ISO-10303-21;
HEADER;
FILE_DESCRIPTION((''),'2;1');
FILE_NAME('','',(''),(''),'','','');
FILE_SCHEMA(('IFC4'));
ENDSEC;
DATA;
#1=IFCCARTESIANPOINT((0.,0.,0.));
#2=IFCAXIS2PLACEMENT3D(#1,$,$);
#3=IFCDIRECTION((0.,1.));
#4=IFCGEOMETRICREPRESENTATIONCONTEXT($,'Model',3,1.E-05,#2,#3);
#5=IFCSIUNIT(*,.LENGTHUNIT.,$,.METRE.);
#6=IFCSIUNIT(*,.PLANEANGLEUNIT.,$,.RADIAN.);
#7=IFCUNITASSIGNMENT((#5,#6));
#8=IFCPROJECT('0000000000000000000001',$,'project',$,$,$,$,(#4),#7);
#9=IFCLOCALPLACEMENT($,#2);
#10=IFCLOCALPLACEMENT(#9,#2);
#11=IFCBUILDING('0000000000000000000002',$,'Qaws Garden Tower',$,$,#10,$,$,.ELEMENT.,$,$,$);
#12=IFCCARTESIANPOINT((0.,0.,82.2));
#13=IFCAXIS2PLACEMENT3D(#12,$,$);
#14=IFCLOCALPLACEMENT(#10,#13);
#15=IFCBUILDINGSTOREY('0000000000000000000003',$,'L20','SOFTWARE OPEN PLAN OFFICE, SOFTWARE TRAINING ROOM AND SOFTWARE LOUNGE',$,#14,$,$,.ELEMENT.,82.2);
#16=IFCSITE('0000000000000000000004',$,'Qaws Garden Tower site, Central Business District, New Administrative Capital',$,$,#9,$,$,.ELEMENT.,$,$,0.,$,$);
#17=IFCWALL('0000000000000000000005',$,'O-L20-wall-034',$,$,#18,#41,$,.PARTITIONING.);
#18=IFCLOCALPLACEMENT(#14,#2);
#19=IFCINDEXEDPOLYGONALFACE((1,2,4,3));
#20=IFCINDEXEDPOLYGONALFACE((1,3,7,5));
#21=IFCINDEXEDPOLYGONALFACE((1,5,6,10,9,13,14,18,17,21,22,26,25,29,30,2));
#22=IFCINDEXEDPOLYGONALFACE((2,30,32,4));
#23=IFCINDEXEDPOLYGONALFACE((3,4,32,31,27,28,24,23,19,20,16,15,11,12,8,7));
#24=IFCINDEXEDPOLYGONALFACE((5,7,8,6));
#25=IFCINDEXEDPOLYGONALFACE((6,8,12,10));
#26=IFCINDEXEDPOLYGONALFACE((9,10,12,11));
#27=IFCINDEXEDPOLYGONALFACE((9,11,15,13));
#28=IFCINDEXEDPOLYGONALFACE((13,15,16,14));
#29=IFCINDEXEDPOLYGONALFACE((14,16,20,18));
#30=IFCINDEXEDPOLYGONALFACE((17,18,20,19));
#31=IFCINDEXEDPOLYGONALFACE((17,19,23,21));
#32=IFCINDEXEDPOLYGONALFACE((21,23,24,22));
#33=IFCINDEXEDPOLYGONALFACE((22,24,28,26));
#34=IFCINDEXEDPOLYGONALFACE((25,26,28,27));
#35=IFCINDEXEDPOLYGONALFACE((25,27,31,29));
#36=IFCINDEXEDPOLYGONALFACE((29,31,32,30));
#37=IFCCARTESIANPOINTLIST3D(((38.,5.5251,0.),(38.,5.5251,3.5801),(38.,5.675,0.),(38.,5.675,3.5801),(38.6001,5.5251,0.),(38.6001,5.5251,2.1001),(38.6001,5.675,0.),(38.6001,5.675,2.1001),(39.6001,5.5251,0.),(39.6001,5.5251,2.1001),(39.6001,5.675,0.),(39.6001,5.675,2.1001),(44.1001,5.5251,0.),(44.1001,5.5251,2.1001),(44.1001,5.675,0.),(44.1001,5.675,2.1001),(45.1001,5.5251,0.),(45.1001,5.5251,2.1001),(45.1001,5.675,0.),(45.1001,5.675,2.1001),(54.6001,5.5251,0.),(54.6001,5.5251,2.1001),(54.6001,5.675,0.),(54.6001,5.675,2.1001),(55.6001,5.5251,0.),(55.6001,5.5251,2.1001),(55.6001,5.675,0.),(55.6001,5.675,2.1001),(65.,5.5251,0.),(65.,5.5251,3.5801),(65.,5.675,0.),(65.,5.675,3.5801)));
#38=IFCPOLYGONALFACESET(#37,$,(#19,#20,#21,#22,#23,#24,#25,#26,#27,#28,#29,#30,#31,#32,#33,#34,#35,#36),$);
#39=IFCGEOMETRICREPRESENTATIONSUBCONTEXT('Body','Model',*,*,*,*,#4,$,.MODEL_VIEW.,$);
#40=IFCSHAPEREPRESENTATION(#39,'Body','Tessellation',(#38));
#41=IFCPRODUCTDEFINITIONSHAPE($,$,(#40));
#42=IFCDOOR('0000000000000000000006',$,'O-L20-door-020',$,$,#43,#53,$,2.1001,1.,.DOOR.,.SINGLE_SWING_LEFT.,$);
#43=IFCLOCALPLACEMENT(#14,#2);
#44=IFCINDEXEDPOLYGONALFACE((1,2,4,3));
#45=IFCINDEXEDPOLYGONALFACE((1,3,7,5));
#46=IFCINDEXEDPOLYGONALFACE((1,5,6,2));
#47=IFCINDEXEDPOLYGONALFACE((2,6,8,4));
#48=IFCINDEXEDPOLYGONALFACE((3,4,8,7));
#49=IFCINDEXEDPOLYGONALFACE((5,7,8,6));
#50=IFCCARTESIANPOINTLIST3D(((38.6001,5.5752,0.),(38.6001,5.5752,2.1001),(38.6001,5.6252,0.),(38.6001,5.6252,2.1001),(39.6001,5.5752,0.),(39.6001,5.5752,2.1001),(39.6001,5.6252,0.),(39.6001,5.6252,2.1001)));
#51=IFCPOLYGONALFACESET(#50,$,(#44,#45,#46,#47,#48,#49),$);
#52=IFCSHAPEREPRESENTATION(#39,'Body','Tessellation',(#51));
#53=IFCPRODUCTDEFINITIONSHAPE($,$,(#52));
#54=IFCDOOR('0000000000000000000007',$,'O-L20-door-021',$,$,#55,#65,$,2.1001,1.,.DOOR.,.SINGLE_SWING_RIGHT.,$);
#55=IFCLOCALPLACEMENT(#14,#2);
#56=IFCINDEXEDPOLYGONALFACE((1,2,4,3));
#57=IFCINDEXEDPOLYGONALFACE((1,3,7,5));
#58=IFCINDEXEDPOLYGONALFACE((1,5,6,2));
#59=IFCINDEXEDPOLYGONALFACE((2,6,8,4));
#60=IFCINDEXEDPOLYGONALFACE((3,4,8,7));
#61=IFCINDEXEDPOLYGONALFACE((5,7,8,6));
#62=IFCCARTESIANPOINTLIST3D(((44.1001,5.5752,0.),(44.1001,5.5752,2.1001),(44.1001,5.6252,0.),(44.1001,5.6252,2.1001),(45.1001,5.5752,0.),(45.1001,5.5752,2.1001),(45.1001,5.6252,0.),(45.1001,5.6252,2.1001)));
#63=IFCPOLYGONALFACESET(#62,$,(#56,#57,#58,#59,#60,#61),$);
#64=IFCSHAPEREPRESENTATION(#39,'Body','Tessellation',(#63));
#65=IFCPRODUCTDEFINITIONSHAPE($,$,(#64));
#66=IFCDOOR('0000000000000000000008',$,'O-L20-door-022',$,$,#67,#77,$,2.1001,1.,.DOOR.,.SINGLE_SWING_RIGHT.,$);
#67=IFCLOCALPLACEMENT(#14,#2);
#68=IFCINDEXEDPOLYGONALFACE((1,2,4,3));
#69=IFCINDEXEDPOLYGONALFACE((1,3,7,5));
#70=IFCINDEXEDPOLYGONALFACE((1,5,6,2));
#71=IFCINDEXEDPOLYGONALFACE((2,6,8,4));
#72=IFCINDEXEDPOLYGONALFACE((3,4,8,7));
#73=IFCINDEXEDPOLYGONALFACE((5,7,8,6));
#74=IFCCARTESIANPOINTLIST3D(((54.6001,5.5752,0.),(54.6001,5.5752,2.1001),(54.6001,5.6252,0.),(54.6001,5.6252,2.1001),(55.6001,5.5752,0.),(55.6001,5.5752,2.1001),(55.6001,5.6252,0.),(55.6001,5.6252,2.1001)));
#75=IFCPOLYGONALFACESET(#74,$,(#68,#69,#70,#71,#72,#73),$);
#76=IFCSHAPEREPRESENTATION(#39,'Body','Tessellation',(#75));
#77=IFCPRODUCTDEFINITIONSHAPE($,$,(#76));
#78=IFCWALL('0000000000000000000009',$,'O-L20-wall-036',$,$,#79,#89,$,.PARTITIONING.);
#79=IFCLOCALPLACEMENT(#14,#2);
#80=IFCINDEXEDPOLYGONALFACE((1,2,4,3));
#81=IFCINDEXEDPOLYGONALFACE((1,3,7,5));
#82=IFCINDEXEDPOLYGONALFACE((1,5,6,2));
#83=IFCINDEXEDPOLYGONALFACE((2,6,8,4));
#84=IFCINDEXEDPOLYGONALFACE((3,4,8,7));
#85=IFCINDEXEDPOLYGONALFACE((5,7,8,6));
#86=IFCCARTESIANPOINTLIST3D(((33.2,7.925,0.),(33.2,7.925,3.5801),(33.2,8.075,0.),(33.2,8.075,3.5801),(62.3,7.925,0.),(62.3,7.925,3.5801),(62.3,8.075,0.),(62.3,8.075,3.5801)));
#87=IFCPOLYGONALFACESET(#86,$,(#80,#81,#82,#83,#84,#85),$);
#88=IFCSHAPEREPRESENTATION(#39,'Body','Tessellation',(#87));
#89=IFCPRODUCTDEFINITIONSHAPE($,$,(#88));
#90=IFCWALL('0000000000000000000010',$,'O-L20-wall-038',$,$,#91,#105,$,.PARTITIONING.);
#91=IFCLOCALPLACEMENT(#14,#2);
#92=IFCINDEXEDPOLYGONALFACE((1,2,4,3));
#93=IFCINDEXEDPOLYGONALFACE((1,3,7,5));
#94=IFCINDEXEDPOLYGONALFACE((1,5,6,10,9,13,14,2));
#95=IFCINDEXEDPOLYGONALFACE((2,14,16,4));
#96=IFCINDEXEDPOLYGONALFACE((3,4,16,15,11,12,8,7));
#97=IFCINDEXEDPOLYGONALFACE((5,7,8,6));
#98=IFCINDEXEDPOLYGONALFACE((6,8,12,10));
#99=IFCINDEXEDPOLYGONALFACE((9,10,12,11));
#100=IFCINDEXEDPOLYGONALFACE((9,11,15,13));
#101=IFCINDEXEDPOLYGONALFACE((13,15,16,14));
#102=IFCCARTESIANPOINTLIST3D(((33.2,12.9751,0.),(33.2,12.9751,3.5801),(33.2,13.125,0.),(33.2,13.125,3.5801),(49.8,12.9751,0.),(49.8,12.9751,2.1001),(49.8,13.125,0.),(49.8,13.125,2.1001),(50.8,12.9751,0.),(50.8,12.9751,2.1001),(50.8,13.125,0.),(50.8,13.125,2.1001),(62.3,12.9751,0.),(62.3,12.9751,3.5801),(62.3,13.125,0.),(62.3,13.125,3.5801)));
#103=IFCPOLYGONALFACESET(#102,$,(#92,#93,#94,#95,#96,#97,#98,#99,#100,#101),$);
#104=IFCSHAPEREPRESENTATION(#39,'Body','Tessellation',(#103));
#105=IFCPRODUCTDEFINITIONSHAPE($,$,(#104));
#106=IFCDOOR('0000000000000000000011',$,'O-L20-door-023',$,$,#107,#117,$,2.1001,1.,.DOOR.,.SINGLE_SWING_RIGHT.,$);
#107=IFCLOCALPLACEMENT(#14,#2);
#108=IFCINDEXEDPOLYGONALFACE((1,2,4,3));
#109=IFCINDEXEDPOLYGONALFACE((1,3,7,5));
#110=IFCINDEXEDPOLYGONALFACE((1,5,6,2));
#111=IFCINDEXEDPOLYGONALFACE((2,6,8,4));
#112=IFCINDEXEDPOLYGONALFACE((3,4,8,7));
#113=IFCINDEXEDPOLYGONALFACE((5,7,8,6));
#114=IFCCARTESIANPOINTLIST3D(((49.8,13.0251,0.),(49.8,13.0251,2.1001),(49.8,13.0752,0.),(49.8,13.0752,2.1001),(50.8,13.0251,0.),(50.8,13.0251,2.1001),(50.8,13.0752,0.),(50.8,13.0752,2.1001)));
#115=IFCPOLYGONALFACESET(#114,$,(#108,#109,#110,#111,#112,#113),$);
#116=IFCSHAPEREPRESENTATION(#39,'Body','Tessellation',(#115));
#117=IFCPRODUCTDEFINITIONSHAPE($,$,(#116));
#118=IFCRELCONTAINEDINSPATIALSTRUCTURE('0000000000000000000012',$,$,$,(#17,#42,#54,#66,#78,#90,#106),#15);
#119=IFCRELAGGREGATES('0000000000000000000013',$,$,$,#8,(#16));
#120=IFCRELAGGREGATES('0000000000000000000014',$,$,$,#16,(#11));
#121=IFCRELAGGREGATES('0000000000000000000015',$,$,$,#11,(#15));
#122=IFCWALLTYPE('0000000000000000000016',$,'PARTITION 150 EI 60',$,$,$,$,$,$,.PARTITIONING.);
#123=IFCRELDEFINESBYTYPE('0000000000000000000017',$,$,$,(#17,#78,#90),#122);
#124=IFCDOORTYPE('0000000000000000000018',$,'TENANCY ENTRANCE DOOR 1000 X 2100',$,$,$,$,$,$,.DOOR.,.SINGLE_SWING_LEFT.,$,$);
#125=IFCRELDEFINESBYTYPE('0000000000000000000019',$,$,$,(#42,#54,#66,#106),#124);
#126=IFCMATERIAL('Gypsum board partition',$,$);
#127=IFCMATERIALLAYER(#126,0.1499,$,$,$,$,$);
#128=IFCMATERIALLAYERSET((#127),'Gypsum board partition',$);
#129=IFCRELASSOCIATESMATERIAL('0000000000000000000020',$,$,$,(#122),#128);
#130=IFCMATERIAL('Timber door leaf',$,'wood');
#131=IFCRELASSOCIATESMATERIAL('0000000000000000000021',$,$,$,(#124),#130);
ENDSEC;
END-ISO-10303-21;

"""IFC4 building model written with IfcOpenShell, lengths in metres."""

from ifc_helpers import new_model, si_unit, direction, frame, frame_2d, origin, place, context, subcontext, project, spatial, rectangle, extrude, material, layer, layer_set, type_object, element, fill, save


model = new_model("IFC4")

# Units and contexts
model_context = context("Model", 3, precision=1e-05, world=origin(), true_north=direction((0.0, 1.0)))
body_context = subcontext(model_context, "Body", "Model", "MODEL_VIEW")
ifc_project = project(units=[si_unit("LENGTHUNIT", "METRE"), si_unit("PLANEANGLEUNIT", "RADIAN")], contexts=[model_context])

# Site, building, storey
site_placement = place(None, origin())
site = spatial("IfcSite", under=ifc_project, at=site_placement, Name="Qaws Garden Tower site, Central Business District, New Administrative Capital", CompositionType="ELEMENT", RefElevation=0.0)
building_placement = place(site_placement, origin())
building = spatial("IfcBuilding", under=site, at=building_placement, Name="Qaws Garden Tower", CompositionType="ELEMENT")
storey_placement = place(building_placement, frame((0.0, 0.0, 82.2)))
storey = spatial("IfcBuildingStorey", under=building, at=storey_placement, Name="L20", Description="SOFTWARE OPEN PLAN OFFICE, SOFTWARE TRAINING ROOM AND SOFTWARE LOUNGE", CompositionType="ELEMENT", Elevation=82.2)

# Shared definitions
ifc_material_1 = material(Name="Gypsum board partition")
ifc_layer_1 = layer(ifc_material_1, 0.1499)
ifc_layer_set_1 = layer_set([ifc_layer_1], Name="Gypsum board partition")
wall_type_1 = type_object("IfcWallType", Name="PARTITION 150 EI 60", PredefinedType="PARTITIONING", material=ifc_layer_set_1)

# Shared definitions
ifc_material_2 = material(Name="Timber door leaf", Category="wood")
door_type_1 = type_object("IfcDoorType", Name="TENANCY ENTRANCE DOOR 1000 X 2100", OperationType="SINGLE_SWING_LEFT", PredefinedType="DOOR", material=ifc_material_2)

# Wall, openings, doors
wall_1_placement = place(storey_placement, frame((38.0, 5.6001, 0.0), z_axis=(0.0, 0.0, 1.0), x_axis=(1.0, 0.0, 0.0)))
wall_1 = element("IfcWall", 1, at=wall_1_placement, inside=storey, type_object=wall_type_1, Name="O-L20-wall-034", PredefinedType="PARTITIONING", context=body_context, shape_type="SweptSolid", body=[
    extrude(rectangle(XDim=27.0, YDim=0.1499, at=frame_2d((13.5, 0.0))), origin(), (0.0, 0.0, 1.0), 3.5801),
])
opening_1_placement = place(wall_1_placement, frame((0.6001, 0.0, 0.0)))
opening_1 = element("IfcOpeningElement", 2, at=opening_1_placement, cuts=wall_1, PredefinedType="OPENING", context=body_context, shape_type="SweptSolid", body=[
    extrude(rectangle(XDim=1.0, YDim=2.1001, at=frame_2d((0.5, 1.05))), frame((0.0, 0.085, 0.0), z_axis=(0.0, -1.0, 0.0), x_axis=(1.0, 0.0, 0.0)), (0.0, 0.0, 1.0), 0.1699),
])
opening_2_placement = place(wall_1_placement, frame((6.1001, 0.0, 0.0)))
opening_2 = element("IfcOpeningElement", 3, at=opening_2_placement, cuts=wall_1, PredefinedType="OPENING", context=body_context, shape_type="SweptSolid", body=[
    extrude(rectangle(XDim=1.0, YDim=2.1001, at=frame_2d((0.5, 1.05))), frame((0.0, 0.085, 0.0), z_axis=(0.0, -1.0, 0.0), x_axis=(1.0, 0.0, 0.0)), (0.0, 0.0, 1.0), 0.1699),
])
opening_3_placement = place(wall_1_placement, frame((16.6001, 0.0, 0.0)))
opening_3 = element("IfcOpeningElement", 4, at=opening_3_placement, cuts=wall_1, PredefinedType="OPENING", context=body_context, shape_type="SweptSolid", body=[
    extrude(rectangle(XDim=1.0, YDim=2.1001, at=frame_2d((0.5, 1.05))), frame((0.0, 0.085, 0.0), z_axis=(0.0, -1.0, 0.0), x_axis=(1.0, 0.0, 0.0)), (0.0, 0.0, 1.0), 0.1699),
])
door_1_placement = place(opening_1_placement, frame((1.0, 0.0, 0.0), z_axis=(0.0, 0.0, 1.0), x_axis=(-1.0, 0.0, 0.0)))
door_1 = element("IfcDoor", 5, at=door_1_placement, inside=storey, type_object=door_type_1, Name="O-L20-door-020", OperationType="SINGLE_SWING_LEFT", OverallHeight=2.1001, OverallWidth=1.0, PredefinedType="DOOR", context=body_context, shape_type="SweptSolid", body=[
    extrude(rectangle(XDim=1.0, YDim=2.1001, at=frame_2d((0.5, 1.05))), frame((0.0, 0.0249, 0.0), z_axis=(0.0, -1.0, 0.0), x_axis=(1.0, 0.0, 0.0)), (0.0, 0.0, 1.0), 0.05),
])
fill(opening_1, door_1)
door_2_placement = place(opening_2_placement, frame((1.0, 0.0, 0.0), z_axis=(0.0, 0.0, 1.0), x_axis=(-1.0, 0.0, 0.0)))
door_2 = element("IfcDoor", 6, at=door_2_placement, inside=storey, type_object=door_type_1, Name="O-L20-door-021", OperationType="SINGLE_SWING_RIGHT", OverallHeight=2.1001, OverallWidth=1.0, PredefinedType="DOOR", context=body_context, shape_type="SweptSolid", body=[
    extrude(rectangle(XDim=1.0, YDim=2.1001, at=frame_2d((0.5, 1.05))), frame((0.0, 0.0249, 0.0), z_axis=(0.0, -1.0, 0.0), x_axis=(1.0, 0.0, 0.0)), (0.0, 0.0, 1.0), 0.05),
])
fill(opening_2, door_2)
door_3_placement = place(opening_3_placement, frame((1.0, 0.0, 0.0), z_axis=(0.0, 0.0, 1.0), x_axis=(-1.0, 0.0, 0.0)))
door_3 = element("IfcDoor", 7, at=door_3_placement, inside=storey, type_object=door_type_1, Name="O-L20-door-022", OperationType="SINGLE_SWING_RIGHT", OverallHeight=2.1001, OverallWidth=1.0, PredefinedType="DOOR", context=body_context, shape_type="SweptSolid", body=[
    extrude(rectangle(XDim=1.0, YDim=2.1001, at=frame_2d((0.5, 1.05))), frame((0.0, 0.0249, 0.0), z_axis=(0.0, -1.0, 0.0), x_axis=(1.0, 0.0, 0.0)), (0.0, 0.0, 1.0), 0.05),
])
fill(opening_3, door_3)

# Wall
wall_2_placement = place(storey_placement, frame((33.2, 8.0, 0.0), z_axis=(0.0, 0.0, 1.0), x_axis=(1.0, 0.0, 0.0)))
element("IfcWall", 8, at=wall_2_placement, inside=storey, type_object=wall_type_1, Name="O-L20-wall-036", PredefinedType="PARTITIONING", context=body_context, shape_type="SweptSolid", body=[
    extrude(rectangle(XDim=29.1001, YDim=0.1499, at=frame_2d((14.55, 0.0))), origin(), (0.0, 0.0, 1.0), 3.5801),
])

# Wall, opening, door
wall_3_placement = place(storey_placement, frame((33.2, 13.05, 0.0), z_axis=(0.0, 0.0, 1.0), x_axis=(1.0, 0.0, 0.0)))
wall_3 = element("IfcWall", 9, at=wall_3_placement, inside=storey, type_object=wall_type_1, Name="O-L20-wall-038", PredefinedType="PARTITIONING", context=body_context, shape_type="SweptSolid", body=[
    extrude(rectangle(XDim=29.1001, YDim=0.1499, at=frame_2d((14.55, 0.0))), origin(), (0.0, 0.0, 1.0), 3.5801),
])
opening_4_placement = place(wall_3_placement, frame((16.6001, 0.0, 0.0)))
opening_4 = element("IfcOpeningElement", 10, at=opening_4_placement, cuts=wall_3, PredefinedType="OPENING", context=body_context, shape_type="SweptSolid", body=[
    extrude(rectangle(XDim=1.0, YDim=2.1001, at=frame_2d((0.5, 1.05))), frame((0.0, 0.085, 0.0), z_axis=(0.0, -1.0, 0.0), x_axis=(1.0, 0.0, 0.0)), (0.0, 0.0, 1.0), 0.1699),
])
door_4_placement = place(opening_4_placement, frame((1.0, 0.0, 0.0), z_axis=(0.0, 0.0, 1.0), x_axis=(-1.0, 0.0, 0.0)))
door_4 = element("IfcDoor", 11, at=door_4_placement, inside=storey, type_object=door_type_1, Name="O-L20-door-023", OperationType="SINGLE_SWING_RIGHT", OverallHeight=2.1001, OverallWidth=1.0, PredefinedType="DOOR", context=body_context, shape_type="SweptSolid", body=[
    extrude(rectangle(XDim=1.0, YDim=2.1001, at=frame_2d((0.5, 1.05))), frame((0.0, 0.0249, 0.0), z_axis=(0.0, -1.0, 0.0), x_axis=(1.0, 0.0, 0.0)), (0.0, 0.0, 1.0), 0.05),
])
fill(opening_4, door_4)

save(model, "model.ifc")
